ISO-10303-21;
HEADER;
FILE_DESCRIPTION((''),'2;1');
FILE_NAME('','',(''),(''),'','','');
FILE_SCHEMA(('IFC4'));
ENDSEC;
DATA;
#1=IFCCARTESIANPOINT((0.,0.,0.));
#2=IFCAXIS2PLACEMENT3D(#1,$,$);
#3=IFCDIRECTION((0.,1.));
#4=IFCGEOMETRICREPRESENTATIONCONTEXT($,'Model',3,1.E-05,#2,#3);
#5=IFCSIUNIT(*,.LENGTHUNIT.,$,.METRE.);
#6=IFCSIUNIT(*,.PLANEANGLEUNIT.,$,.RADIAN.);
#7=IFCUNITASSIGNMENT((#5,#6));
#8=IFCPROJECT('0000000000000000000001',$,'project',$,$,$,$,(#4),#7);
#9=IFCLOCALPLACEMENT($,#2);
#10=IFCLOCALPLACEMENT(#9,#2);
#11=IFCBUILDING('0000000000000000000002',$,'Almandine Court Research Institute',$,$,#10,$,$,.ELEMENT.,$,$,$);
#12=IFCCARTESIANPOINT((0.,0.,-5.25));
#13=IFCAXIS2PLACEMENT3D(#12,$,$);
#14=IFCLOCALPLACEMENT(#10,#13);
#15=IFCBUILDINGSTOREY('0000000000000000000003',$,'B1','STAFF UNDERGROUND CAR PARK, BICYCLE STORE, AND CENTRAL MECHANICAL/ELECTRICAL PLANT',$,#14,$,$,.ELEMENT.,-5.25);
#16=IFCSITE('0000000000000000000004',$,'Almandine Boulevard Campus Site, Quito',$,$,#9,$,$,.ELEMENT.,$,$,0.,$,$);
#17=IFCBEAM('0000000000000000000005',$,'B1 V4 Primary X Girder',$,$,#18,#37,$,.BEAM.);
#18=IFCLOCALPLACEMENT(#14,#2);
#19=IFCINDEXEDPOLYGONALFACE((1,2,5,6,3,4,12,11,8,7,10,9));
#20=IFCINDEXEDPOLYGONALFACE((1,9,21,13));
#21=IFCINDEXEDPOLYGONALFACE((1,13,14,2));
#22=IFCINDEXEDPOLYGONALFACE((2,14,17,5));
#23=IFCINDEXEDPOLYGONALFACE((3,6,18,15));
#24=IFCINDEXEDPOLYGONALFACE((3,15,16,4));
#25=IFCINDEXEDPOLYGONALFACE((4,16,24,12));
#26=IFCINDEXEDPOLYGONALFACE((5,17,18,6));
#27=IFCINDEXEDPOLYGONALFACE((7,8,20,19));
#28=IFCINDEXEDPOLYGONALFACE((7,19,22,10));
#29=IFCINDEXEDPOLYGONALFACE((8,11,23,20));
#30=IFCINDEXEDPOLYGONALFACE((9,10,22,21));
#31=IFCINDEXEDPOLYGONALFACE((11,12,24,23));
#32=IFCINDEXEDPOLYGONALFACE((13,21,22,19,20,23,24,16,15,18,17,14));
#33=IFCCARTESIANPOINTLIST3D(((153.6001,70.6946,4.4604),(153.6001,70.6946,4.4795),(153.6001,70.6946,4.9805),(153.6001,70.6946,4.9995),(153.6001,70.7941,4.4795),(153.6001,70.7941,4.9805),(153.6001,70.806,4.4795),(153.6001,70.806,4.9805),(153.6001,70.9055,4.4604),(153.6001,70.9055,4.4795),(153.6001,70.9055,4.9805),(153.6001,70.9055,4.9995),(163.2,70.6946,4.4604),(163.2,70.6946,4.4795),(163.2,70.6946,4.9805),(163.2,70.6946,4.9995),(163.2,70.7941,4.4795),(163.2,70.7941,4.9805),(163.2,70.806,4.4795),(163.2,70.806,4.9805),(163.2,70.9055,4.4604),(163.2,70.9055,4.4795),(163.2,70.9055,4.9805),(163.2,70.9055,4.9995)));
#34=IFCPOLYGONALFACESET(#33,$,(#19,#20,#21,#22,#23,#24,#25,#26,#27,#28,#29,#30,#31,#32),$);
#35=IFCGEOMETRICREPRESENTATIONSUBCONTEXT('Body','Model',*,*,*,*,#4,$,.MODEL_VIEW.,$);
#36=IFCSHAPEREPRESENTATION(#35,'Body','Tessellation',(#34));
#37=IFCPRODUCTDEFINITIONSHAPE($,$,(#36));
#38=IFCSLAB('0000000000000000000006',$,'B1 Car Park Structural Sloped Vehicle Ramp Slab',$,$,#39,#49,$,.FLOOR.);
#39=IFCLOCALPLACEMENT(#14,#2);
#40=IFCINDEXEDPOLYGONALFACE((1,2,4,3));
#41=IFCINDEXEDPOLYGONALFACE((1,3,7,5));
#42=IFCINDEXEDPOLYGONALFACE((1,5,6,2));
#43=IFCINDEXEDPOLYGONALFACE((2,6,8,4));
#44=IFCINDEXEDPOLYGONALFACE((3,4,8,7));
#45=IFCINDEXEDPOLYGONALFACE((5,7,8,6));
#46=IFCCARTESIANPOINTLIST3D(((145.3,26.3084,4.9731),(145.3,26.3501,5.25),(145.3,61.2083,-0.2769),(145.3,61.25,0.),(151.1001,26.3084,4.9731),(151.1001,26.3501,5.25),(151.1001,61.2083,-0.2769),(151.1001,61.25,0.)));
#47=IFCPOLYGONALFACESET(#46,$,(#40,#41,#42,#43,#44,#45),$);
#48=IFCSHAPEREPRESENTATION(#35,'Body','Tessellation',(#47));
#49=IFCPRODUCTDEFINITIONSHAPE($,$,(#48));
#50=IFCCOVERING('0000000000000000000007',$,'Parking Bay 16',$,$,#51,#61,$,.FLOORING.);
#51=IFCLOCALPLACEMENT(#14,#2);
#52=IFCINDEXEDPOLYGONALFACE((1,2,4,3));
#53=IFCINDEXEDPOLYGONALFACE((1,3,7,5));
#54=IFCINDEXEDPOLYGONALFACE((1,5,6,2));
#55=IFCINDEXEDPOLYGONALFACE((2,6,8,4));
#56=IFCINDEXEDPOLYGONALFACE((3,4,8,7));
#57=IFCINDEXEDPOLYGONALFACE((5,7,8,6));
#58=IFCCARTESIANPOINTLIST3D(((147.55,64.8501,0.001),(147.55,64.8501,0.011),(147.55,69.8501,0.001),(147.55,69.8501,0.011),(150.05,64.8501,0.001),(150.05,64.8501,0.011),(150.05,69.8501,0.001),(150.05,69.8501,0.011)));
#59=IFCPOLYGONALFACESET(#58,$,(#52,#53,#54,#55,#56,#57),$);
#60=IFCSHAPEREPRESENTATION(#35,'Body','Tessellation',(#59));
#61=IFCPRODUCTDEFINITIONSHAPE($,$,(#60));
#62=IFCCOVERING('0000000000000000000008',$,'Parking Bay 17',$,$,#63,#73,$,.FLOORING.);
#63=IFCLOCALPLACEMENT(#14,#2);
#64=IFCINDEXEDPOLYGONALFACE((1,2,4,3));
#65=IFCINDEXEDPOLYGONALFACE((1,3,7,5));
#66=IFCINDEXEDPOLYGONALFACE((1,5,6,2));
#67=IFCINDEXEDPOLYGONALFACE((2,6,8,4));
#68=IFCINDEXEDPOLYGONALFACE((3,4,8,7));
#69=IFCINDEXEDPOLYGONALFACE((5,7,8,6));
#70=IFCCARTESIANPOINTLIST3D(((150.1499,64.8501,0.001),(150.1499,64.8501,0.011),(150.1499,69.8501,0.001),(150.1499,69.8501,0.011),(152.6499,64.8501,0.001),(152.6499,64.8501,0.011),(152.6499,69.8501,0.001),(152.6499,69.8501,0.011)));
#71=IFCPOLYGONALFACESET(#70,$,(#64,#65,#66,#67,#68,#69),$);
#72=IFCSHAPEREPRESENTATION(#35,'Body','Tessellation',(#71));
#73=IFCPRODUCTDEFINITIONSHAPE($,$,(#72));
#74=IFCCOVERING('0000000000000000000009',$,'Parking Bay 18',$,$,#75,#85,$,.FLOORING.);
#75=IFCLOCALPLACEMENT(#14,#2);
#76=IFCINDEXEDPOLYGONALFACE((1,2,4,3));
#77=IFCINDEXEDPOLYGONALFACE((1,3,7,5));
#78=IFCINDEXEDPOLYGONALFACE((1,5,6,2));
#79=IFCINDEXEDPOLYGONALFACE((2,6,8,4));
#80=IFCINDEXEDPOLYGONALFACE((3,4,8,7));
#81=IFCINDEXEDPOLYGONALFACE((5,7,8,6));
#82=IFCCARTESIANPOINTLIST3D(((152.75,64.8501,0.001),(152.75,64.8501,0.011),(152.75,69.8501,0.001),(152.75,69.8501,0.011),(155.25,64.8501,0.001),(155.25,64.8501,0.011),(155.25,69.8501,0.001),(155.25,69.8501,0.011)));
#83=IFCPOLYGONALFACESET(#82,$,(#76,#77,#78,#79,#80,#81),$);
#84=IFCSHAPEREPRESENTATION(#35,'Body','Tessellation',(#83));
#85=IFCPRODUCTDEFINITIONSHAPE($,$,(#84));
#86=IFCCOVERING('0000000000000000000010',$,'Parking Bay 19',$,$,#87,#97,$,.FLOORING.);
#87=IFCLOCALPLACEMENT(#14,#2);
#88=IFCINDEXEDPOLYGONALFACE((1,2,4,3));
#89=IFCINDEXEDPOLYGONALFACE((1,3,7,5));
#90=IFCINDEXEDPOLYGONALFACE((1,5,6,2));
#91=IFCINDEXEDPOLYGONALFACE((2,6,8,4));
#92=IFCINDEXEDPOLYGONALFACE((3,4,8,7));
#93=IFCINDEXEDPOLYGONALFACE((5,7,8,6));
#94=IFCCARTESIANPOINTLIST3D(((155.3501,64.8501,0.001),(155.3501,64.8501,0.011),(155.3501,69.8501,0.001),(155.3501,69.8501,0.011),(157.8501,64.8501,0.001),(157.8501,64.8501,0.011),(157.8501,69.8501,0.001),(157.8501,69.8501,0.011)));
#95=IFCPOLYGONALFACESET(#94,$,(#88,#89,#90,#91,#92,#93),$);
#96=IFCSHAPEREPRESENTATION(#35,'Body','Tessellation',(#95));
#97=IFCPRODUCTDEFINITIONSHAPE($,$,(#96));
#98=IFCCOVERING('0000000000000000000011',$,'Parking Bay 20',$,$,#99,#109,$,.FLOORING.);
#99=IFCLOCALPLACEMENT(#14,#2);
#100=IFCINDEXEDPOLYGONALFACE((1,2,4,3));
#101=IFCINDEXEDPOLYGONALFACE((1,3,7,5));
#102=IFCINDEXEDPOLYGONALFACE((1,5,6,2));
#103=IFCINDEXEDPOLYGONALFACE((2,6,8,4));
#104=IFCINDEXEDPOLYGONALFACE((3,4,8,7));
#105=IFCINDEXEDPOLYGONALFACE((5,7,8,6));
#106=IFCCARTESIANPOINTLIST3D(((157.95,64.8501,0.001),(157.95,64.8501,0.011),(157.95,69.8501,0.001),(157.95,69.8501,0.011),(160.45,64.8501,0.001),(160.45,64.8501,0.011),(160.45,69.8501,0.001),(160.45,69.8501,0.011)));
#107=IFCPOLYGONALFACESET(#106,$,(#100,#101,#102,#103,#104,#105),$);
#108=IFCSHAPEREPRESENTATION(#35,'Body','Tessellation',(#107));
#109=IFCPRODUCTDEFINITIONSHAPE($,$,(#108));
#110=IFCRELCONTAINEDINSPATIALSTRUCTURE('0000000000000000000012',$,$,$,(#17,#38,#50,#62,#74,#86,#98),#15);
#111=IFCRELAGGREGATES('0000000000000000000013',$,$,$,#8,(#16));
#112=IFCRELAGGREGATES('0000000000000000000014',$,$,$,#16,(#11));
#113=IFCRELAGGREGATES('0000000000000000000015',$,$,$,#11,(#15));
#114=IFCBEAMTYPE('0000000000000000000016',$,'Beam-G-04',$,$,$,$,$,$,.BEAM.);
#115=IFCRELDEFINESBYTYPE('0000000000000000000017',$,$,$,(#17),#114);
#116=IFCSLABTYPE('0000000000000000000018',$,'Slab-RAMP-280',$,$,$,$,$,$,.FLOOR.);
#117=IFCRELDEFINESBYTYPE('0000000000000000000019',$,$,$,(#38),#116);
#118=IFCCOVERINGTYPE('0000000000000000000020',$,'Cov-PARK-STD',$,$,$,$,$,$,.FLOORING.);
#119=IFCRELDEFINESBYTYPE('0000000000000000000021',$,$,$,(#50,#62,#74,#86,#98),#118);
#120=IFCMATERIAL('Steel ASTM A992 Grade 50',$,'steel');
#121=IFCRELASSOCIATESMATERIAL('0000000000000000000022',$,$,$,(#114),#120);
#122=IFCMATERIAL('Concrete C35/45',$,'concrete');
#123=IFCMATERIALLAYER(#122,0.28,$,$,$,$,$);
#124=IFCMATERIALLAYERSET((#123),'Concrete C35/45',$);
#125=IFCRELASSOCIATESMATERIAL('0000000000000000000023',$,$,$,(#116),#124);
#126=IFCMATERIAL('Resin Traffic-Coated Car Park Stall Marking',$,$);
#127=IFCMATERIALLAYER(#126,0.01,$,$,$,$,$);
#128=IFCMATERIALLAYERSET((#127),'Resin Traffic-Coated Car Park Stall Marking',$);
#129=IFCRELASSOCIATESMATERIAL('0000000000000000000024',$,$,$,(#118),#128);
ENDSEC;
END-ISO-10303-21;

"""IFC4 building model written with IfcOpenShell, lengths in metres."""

from ifc_helpers import new_model, si_unit, direction, frame, origin, origin_2d, place, context, subcontext, project, spatial, polyline, rectangle, i_section, outline, extrude, material, layer, layer_set, material_profile, profile_set, type_object, element, save


model = new_model("IFC4")

# Units and contexts
model_context = context("Model", 3, precision=1e-05, world=origin(), true_north=direction((0.0, 1.0)))
body_context = subcontext(model_context, "Body", "Model", "MODEL_VIEW")
ifc_project = project(units=[si_unit("LENGTHUNIT", "METRE"), si_unit("PLANEANGLEUNIT", "RADIAN")], contexts=[model_context])

# Site, building, storey
site_placement = place(None, origin())
site = spatial("IfcSite", under=ifc_project, at=site_placement, Name="Almandine Boulevard Campus Site, Quito", CompositionType="ELEMENT", RefElevation=0.0)
building_placement = place(site_placement, origin())
building = spatial("IfcBuilding", under=site, at=building_placement, Name="Almandine Court Research Institute", CompositionType="ELEMENT")
storey_placement = place(building_placement, frame((0.0, 0.0, -5.25)))
storey = spatial("IfcBuildingStorey", under=building, at=storey_placement, Name="B1", Description="STAFF UNDERGROUND CAR PARK, BICYCLE STORE, AND CENTRAL MECHANICAL/ELECTRICAL PLANT", CompositionType="ELEMENT", Elevation=-5.25)

# Shared definitions
ifc_material_1 = material(Name="Concrete C35/45", Category="concrete")

# Beam
ifc_material_2 = material(Name="Steel ASTM A992 Grade 50", Category="steel")
ifc_material_profile_1 = material_profile(ifc_material_2, i_section(OverallWidth=0.2109, OverallDepth=0.5391, WebThickness=0.012, FlangeThickness=0.019, at=origin_2d()), Name="W530x109")
ifc_profile_set_1 = profile_set([ifc_material_profile_1], Name="Steel ASTM A992 Grade 50")
beam_type_1 = type_object("IfcBeamType", Name="Beam-G-04", PredefinedType="BEAM", material=ifc_profile_set_1)
beam_1_placement = place(storey_placement, frame((153.6001, 70.8, 4.73), z_axis=(1.0, 0.0, 0.0), x_axis=(0.0, 1.0, 0.0)))
element("IfcBeam", 1, at=beam_1_placement, inside=storey, type_object=beam_type_1, Name="B1 V4 Primary X Girder", PredefinedType="BEAM", context=body_context, shape_type="SweptSolid", body=[
    extrude(i_section(OverallWidth=0.2109, OverallDepth=0.5391, WebThickness=0.012, FlangeThickness=0.019, at=origin_2d()), origin(), (0.0, 0.0, 1.0), 9.5999),
])

# Slab
ifc_layer_1 = layer(ifc_material_1, 0.28)
ifc_layer_set_1 = layer_set([ifc_layer_1], Name="Concrete C35/45")
slab_type = type_object("IfcSlabType", Name="Slab-RAMP-280", PredefinedType="FLOOR", material=ifc_layer_set_1)
slab_placement = place(storey_placement, frame((151.1001, 61.25, 0.0), z_axis=(0.0, 0.148757, 0.988874), x_axis=(-1.0, 0.0, 0.0)))
element("IfcSlab", 2, at=slab_placement, inside=storey, type_object=slab_type, Name="B1 Car Park Structural Sloped Vehicle Ramp Slab", PredefinedType="FLOOR", context=body_context, shape_type="SweptSolid", body=[
    extrude(outline(polyline([(0.0, 0.0), (5.8, 0.0), (5.8, 35.2926), (0.0, 35.2926), (0.0, 0.0)])), origin(), (0.0, 0.0, -1.0), 0.28),
])

# Coverings
ifc_material_3 = material(Name="Resin Traffic-Coated Car Park Stall Marking")
ifc_layer_2 = layer(ifc_material_3, 0.01)
ifc_layer_set_2 = layer_set([ifc_layer_2], Name="Resin Traffic-Coated Car Park Stall Marking")
covering_type = type_object("IfcCoveringType", Name="Cov-PARK-STD", PredefinedType="FLOORING", material=ifc_layer_set_2)
for number, where, z_axis, x_axis, name in (
    (3, (148.8, 67.3501, 0.001), (0.0, 0.0, 1.0), (0.0, 1.0, 0.0), "Parking Bay 16"),
    (4, (151.3999, 67.3501, 0.001), (0.0, 0.0, 1.0), (0.0, 1.0, 0.0), "Parking Bay 17"),
    (5, (154.0, 67.3501, 0.001), (0.0, 0.0, 1.0), (0.0, 1.0, 0.0), "Parking Bay 18"),
    (6, (156.6001, 67.3501, 0.001), (0.0, 0.0, 1.0), (0.0, 1.0, 0.0), "Parking Bay 19"),
    (7, (159.2, 67.3501, 0.001), (0.0, 0.0, 1.0), (0.0, 1.0, 0.0), "Parking Bay 20"),
):
    element("IfcCovering", number, at=place(storey_placement, frame(where, z_axis=z_axis, x_axis=x_axis)), inside=storey, type_object=covering_type, Name=name, PredefinedType="FLOORING", context=body_context, shape_type="SweptSolid", body=[
        extrude(rectangle(XDim=5.0, YDim=2.5, at=origin_2d()), origin(), (0.0, 0.0, 1.0), 0.01),
    ])

save(model, "model.ifc")
